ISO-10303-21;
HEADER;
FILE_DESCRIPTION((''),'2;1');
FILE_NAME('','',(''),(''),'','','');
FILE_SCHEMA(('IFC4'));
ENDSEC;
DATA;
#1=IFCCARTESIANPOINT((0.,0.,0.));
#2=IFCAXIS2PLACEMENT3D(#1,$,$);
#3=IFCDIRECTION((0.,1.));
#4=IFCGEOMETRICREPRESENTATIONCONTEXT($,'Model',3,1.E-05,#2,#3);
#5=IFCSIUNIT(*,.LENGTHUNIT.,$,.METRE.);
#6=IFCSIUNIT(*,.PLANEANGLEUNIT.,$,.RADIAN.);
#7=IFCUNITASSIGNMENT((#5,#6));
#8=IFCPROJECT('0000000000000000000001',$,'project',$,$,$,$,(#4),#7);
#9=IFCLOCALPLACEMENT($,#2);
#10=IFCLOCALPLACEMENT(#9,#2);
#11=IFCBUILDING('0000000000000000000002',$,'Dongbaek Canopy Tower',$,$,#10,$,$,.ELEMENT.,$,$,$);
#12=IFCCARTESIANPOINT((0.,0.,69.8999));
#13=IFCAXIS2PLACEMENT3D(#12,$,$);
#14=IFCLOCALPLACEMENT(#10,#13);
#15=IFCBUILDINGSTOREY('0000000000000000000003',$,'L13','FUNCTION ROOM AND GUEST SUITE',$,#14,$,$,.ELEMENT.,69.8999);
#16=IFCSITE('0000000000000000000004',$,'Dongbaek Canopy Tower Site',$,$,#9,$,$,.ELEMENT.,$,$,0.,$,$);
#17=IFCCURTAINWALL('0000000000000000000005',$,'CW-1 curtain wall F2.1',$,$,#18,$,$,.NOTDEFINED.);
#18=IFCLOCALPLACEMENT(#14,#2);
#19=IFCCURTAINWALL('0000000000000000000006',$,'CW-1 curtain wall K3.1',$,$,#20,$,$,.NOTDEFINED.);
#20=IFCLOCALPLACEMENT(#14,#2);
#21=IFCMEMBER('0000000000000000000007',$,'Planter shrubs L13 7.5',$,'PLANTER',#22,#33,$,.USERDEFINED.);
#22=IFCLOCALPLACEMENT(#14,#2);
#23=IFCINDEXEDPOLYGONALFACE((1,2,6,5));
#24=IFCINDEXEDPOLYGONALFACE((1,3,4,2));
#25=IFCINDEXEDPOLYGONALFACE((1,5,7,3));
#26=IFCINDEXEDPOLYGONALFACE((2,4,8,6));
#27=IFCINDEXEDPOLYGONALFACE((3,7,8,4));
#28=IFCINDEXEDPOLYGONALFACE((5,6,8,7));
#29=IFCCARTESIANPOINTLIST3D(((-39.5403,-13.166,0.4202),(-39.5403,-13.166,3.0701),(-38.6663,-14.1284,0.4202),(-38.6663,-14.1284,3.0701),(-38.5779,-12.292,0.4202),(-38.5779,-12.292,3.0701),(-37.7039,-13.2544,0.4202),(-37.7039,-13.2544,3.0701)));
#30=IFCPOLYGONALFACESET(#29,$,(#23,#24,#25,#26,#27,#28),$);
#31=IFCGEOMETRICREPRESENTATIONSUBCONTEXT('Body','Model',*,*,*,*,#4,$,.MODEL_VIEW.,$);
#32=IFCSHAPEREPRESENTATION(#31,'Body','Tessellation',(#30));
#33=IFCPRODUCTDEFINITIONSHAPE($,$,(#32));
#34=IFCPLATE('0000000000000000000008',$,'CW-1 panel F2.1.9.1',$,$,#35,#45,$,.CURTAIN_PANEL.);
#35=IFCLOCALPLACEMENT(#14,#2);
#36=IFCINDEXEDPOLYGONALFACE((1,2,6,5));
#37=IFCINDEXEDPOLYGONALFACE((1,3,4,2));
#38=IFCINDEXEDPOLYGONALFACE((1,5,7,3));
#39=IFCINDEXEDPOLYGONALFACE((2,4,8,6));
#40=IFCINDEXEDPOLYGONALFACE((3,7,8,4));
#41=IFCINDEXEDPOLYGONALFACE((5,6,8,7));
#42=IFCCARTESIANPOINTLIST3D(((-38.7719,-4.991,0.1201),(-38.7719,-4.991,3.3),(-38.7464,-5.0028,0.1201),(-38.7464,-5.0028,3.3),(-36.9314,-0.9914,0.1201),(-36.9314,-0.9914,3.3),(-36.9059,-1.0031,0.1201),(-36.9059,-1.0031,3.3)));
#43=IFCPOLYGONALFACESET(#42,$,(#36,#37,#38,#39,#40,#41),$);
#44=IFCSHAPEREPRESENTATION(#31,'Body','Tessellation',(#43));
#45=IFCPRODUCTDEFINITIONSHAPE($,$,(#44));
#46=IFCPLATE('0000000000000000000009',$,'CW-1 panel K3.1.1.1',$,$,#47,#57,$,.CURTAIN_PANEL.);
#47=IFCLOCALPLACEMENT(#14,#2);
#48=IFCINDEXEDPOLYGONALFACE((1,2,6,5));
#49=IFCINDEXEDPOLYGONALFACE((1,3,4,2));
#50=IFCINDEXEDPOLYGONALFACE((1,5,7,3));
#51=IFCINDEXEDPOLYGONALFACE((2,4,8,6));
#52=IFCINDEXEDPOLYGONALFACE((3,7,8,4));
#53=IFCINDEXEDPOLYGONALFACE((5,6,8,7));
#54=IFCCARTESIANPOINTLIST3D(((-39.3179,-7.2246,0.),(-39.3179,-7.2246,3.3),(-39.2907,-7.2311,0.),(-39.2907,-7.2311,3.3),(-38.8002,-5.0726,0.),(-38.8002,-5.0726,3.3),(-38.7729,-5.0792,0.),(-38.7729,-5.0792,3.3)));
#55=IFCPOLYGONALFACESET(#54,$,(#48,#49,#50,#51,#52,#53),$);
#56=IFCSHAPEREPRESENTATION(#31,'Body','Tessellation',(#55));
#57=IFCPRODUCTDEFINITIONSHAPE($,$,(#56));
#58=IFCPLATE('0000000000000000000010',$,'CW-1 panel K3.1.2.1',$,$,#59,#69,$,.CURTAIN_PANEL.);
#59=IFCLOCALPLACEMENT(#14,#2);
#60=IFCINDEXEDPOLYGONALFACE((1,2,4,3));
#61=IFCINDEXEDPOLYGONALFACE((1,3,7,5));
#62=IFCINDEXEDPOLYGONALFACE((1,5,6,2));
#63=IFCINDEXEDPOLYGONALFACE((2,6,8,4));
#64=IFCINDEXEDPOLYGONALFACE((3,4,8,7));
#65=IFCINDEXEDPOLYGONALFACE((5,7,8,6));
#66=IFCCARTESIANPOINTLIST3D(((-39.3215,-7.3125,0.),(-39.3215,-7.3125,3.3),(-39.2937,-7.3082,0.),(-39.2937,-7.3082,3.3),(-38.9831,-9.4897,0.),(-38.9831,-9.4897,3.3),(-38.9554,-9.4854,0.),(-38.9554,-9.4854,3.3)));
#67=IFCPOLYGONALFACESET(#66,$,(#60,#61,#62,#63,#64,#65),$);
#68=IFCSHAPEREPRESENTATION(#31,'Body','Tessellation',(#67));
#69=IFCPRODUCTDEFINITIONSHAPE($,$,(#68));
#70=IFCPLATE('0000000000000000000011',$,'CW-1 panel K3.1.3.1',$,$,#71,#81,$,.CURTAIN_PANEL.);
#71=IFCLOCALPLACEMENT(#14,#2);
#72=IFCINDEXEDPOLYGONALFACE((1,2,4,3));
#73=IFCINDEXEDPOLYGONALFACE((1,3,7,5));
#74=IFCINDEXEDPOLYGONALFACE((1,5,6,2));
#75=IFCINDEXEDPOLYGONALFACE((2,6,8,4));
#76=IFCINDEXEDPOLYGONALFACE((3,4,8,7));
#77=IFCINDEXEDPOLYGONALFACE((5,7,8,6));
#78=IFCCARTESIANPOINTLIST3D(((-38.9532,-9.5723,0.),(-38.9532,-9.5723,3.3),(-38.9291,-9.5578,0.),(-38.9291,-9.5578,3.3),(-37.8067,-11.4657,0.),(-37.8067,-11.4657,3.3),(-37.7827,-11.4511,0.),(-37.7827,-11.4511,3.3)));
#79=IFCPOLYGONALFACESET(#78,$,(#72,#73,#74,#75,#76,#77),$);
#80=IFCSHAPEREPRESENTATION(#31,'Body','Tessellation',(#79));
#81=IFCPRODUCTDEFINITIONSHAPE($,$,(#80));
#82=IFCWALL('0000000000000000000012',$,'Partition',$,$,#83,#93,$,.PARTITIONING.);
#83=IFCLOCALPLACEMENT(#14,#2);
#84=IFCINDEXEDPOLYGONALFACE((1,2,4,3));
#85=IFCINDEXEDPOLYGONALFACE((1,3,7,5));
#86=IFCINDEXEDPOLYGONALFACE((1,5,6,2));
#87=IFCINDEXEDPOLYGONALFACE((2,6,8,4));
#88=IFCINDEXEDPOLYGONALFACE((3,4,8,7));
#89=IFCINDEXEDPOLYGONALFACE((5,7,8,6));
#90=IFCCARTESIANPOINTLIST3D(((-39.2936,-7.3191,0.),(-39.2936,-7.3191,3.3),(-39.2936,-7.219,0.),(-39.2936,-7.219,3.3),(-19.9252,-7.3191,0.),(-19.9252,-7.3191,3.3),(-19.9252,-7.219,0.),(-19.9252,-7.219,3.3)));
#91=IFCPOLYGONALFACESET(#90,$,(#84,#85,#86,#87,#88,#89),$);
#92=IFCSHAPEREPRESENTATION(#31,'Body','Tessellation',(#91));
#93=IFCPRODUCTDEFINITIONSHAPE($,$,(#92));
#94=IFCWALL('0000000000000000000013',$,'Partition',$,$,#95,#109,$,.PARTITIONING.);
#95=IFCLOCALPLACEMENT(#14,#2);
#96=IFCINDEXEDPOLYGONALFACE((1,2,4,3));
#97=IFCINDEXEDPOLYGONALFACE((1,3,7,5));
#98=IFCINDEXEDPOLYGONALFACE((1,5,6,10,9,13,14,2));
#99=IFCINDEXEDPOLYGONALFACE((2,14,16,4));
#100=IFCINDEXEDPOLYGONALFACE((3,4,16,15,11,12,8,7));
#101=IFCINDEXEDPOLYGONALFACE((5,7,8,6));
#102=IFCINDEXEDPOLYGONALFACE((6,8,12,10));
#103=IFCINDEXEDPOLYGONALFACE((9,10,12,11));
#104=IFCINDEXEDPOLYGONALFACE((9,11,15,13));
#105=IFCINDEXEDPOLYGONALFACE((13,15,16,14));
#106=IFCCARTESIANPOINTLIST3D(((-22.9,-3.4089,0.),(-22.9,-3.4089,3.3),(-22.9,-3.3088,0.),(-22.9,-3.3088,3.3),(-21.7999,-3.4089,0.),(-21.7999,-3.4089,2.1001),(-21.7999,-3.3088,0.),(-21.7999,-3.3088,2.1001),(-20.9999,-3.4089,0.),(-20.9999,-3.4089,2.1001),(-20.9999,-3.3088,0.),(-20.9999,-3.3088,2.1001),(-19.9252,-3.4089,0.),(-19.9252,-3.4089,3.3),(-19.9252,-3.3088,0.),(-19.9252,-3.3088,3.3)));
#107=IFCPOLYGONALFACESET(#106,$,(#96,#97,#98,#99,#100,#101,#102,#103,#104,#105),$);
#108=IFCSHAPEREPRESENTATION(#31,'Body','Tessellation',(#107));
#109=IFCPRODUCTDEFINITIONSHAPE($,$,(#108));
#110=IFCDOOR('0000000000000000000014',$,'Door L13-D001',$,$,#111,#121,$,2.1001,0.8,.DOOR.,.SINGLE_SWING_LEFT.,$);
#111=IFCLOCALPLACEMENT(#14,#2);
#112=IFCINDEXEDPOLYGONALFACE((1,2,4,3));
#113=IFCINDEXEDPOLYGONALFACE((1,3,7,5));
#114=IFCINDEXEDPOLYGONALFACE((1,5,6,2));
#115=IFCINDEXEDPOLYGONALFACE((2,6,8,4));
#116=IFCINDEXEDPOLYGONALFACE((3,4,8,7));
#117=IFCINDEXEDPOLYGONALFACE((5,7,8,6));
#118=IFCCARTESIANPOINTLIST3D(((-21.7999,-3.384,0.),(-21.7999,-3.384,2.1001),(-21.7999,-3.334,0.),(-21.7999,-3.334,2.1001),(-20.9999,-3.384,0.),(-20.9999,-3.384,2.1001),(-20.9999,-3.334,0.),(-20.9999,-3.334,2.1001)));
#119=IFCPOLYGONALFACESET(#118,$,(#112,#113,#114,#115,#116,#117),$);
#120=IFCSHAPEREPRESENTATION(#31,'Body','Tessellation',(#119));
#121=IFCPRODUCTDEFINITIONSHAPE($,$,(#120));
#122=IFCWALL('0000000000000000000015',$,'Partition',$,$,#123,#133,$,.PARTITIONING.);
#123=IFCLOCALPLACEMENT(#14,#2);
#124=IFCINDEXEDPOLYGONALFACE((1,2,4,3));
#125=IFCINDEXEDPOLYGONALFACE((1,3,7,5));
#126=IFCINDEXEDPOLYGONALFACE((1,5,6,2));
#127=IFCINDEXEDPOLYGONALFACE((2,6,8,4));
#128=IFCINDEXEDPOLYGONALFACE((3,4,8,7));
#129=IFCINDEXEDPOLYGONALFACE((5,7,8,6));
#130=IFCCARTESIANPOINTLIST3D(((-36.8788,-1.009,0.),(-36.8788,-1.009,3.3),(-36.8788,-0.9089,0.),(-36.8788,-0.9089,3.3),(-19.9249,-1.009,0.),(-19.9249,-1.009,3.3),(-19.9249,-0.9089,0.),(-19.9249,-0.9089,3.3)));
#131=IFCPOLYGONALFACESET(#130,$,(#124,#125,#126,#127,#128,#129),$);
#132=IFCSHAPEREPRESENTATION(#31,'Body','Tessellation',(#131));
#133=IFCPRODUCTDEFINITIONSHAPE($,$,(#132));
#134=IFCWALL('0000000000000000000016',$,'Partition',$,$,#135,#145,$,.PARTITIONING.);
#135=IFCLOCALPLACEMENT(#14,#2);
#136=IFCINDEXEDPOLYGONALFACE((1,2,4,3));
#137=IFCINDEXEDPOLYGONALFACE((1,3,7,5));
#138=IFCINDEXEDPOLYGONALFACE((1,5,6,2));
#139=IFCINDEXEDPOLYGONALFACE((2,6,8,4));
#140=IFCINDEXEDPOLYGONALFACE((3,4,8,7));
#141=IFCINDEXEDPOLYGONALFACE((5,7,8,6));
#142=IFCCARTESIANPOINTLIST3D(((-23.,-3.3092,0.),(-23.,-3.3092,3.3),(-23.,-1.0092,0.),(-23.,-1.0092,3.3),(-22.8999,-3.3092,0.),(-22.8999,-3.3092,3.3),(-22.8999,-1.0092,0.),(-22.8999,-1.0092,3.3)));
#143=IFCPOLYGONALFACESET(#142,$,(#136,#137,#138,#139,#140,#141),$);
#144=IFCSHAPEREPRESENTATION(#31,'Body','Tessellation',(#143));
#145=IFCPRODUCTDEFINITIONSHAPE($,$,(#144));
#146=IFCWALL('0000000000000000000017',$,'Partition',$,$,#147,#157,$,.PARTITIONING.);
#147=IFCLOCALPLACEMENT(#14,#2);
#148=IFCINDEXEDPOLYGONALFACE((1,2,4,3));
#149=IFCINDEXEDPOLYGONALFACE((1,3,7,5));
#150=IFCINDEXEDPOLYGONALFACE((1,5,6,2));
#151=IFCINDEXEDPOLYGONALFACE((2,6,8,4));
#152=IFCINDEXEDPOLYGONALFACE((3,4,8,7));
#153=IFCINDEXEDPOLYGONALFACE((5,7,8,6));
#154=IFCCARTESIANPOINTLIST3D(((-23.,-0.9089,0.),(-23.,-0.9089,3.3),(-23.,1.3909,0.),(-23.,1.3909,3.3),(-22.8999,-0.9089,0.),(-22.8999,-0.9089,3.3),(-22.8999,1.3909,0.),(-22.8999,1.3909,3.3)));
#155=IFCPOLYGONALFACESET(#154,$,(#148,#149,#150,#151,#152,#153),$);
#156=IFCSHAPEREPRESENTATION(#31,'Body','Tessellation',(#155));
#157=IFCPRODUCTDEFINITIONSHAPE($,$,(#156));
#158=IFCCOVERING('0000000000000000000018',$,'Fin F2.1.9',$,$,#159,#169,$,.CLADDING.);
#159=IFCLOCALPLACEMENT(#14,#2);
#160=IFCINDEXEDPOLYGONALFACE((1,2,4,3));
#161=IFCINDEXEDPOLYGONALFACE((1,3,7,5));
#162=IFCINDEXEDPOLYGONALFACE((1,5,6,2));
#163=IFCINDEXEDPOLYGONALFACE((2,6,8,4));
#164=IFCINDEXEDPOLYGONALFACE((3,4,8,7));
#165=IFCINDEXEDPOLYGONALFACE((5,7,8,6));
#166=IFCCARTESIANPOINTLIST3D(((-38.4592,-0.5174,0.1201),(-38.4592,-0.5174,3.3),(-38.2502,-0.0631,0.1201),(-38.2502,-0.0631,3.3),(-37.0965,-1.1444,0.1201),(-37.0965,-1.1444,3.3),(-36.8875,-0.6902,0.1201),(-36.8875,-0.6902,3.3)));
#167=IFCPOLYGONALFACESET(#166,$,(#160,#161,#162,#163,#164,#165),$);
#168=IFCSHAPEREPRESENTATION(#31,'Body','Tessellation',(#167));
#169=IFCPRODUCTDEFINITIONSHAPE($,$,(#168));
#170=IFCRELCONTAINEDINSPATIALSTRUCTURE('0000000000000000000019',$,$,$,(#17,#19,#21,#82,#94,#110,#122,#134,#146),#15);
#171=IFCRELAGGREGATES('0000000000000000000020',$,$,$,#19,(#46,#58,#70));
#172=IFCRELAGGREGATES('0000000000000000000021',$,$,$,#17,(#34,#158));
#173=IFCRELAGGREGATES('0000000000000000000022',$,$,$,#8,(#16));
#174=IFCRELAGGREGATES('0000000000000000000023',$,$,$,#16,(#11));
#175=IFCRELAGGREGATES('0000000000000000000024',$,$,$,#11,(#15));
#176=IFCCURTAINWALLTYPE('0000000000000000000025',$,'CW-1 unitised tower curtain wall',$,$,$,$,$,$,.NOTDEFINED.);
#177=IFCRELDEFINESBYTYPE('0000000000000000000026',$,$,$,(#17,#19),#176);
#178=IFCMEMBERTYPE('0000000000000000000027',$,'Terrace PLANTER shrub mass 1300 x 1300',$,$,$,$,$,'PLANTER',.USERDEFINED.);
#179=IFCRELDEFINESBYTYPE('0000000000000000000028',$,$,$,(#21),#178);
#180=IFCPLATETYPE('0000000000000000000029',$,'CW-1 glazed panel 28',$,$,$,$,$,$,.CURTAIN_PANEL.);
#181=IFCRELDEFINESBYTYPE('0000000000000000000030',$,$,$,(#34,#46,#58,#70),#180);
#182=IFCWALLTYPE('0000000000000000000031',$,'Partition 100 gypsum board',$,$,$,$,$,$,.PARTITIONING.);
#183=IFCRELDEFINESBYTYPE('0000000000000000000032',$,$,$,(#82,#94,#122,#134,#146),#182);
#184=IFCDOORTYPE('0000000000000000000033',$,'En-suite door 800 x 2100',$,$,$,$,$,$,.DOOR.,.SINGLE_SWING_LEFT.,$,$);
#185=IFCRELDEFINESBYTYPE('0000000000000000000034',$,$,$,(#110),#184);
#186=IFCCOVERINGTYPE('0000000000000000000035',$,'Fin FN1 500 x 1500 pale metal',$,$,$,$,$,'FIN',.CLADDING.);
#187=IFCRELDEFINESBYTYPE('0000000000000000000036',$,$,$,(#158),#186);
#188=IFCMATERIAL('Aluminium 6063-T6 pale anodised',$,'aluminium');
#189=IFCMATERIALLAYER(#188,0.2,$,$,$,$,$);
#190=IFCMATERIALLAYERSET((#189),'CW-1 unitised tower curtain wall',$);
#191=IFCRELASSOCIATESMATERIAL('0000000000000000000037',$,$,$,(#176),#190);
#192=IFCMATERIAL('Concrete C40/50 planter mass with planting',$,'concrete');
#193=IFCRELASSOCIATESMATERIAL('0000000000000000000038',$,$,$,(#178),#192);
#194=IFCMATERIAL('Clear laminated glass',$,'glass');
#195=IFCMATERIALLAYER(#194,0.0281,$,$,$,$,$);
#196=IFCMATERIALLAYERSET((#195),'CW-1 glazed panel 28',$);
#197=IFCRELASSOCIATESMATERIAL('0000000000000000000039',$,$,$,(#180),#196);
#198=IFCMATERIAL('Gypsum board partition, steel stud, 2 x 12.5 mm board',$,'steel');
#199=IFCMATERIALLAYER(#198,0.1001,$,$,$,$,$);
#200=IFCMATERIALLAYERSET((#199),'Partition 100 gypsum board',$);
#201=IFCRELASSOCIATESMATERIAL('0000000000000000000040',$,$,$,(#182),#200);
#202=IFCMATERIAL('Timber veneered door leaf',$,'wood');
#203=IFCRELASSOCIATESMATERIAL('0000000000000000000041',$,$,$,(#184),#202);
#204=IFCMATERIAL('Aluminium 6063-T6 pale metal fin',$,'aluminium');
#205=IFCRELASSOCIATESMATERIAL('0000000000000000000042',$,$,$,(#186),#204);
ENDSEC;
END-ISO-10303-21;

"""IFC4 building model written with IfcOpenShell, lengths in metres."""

from ifc_helpers import new_model, si_unit, direction, frame, frame_2d, origin, origin_2d, place, context, subcontext, project, spatial, rectangle, extrude, material, layer, layer_set, material_profile, profile_set, type_object, element, fill, aggregate, save


model = new_model("IFC4")

# Units and contexts
model_context = context("Model", 3, precision=1e-05, world=origin(), true_north=direction((0.0, 1.0)))
body_context = subcontext(model_context, "Body", "Model", "MODEL_VIEW")
ifc_project = project(units=[si_unit("LENGTHUNIT", "METRE"), si_unit("PLANEANGLEUNIT", "RADIAN")], contexts=[model_context])

# Site, building, storey
site_placement = place(None, origin())
site = spatial("IfcSite", under=ifc_project, at=site_placement, Name="Dongbaek Canopy Tower Site", CompositionType="ELEMENT", RefElevation=0.0)
building_placement = place(site_placement, origin())
building = spatial("IfcBuilding", under=site, at=building_placement, Name="Dongbaek Canopy Tower", CompositionType="ELEMENT")
storey_placement = place(building_placement, frame((0.0, 0.0, 69.8999)))
storey = spatial("IfcBuildingStorey", under=building, at=storey_placement, Name="L13", Description="FUNCTION ROOM AND GUEST SUITE", CompositionType="ELEMENT", Elevation=69.8999)

# Curtain walls
ifc_material_1 = material(Name="Aluminium 6063-T6 pale anodised", Category="aluminium")
ifc_layer_1 = layer(ifc_material_1, 0.2)
ifc_layer_set_1 = layer_set([ifc_layer_1], Name="CW-1 unitised tower curtain wall")
curtain_wall_type = type_object("IfcCurtainWallType", Name="CW-1 unitised tower curtain wall", PredefinedType="NOTDEFINED", material=ifc_layer_set_1)
curtain_wall_1_placement = place(storey_placement, origin())
curtain_wall_1 = element("IfcCurtainWall", 1, at=curtain_wall_1_placement, inside=storey, type_object=curtain_wall_type, Name="CW-1 curtain wall F2.1", PredefinedType="NOTDEFINED")
curtain_wall_2_placement = place(storey_placement, origin())
curtain_wall_2 = element("IfcCurtainWall", 2, at=curtain_wall_2_placement, inside=storey, type_object=curtain_wall_type, Name="CW-1 curtain wall K3.1", PredefinedType="NOTDEFINED")

# Member
ifc_material_2 = material(Name="Concrete C40/50 planter mass with planting", Category="concrete")
ifc_material_profile_1 = material_profile(ifc_material_2, rectangle(XDim=1.3, YDim=1.3, at=origin_2d()), Name="Terrace PLANTER shrub mass 1300 x 1300")
ifc_profile_set_1 = profile_set([ifc_material_profile_1], Name="Concrete C40/50 planter mass with planting")
member_type_1 = type_object("IfcMemberType", Name="Terrace PLANTER shrub mass 1300 x 1300", ElementType="PLANTER", PredefinedType="USERDEFINED", material=ifc_profile_set_1)
member_1_placement = place(storey_placement, frame((-38.6221, -13.2102, 0.4202), z_axis=(0.0, 0.0, 1.0), x_axis=(-0.740276, -0.672303, 0.0)))
element("IfcMember", 3, at=member_1_placement, inside=storey, type_object=member_type_1, Name="Planter shrubs L13 7.5", ObjectType="PLANTER", PredefinedType="USERDEFINED", context=body_context, shape_type="SweptSolid", body=[
    extrude(rectangle(XDim=1.3, YDim=1.3, at=origin_2d()), origin(), (0.0, 0.0, 1.0), 2.6499),
])

# Plates
ifc_material_3 = material(Name="Clear laminated glass", Category="glass")
ifc_layer_2 = layer(ifc_material_3, 0.0281)
ifc_layer_set_2 = layer_set([ifc_layer_2], Name="CW-1 glazed panel 28")
plate_type = type_object("IfcPlateType", Name="CW-1 glazed panel 28", PredefinedType="CURTAIN_PANEL", material=ifc_layer_set_2)
plate_1_placement = place(storey_placement, frame((-37.8389, -2.9971, 0.1201), z_axis=(0.0, 0.0, 1.0), x_axis=(-0.418025, -0.908436, 0.0)))
plate_1 = element("IfcPlate", 4, at=plate_1_placement, type_object=plate_type, Name="CW-1 panel F2.1.9.1", PredefinedType="CURTAIN_PANEL", context=body_context, shape_type="SweptSolid", body=[
    extrude(rectangle(XDim=4.4028, YDim=0.0281, at=origin_2d()), origin(), (0.0, 0.0, 1.0), 3.1799),
])
plate_2_placement = place(storey_placement, frame((-39.0454, -6.1519, 0.0), z_axis=(0.0, 0.0, 1.0), x_axis=(-0.233932, -0.972253, 0.0)))
plate_2 = element("IfcPlate", 5, at=plate_2_placement, type_object=plate_type, Name="CW-1 panel K3.1.1.1", PredefinedType="CURTAIN_PANEL", context=body_context, shape_type="SweptSolid", body=[
    extrude(rectangle(XDim=2.2134, YDim=0.0281, at=origin_2d()), origin(), (0.0, 0.0, 1.0), 3.3),
])
plate_3_placement = place(storey_placement, frame((-39.1384, -8.3989, 0.0), z_axis=(0.0, 0.0, 1.0), x_axis=(0.153569, -0.988138, 0.0)))
plate_3 = element("IfcPlate", 6, at=plate_3_placement, type_object=plate_type, Name="CW-1 panel K3.1.2.1", PredefinedType="CURTAIN_PANEL", context=body_context, shape_type="SweptSolid", body=[
    extrude(rectangle(XDim=2.2034, YDim=0.0281, at=origin_2d()), origin(), (0.0, 0.0, 1.0), 3.3),
])
plate_4_placement = place(storey_placement, frame((-38.3679, -10.5117, 0.0), z_axis=(0.0, 0.0, 1.0), x_axis=(0.517971, -0.855398, 0.0)))
plate_4 = element("IfcPlate", 7, at=plate_4_placement, type_object=plate_type, Name="CW-1 panel K3.1.3.1", PredefinedType="CURTAIN_PANEL", context=body_context, shape_type="SweptSolid", body=[
    extrude(rectangle(XDim=2.2134, YDim=0.0281, at=origin_2d()), origin(), (0.0, 0.0, 1.0), 3.3),
])
aggregate(curtain_wall_2, [plate_2, plate_3, plate_4])

# Wall
ifc_material_4 = material(Name="Gypsum board partition, steel stud, 2 x 12.5 mm board", Category="steel")
ifc_layer_3 = layer(ifc_material_4, 0.1001)
ifc_layer_set_3 = layer_set([ifc_layer_3], Name="Partition 100 gypsum board")
wall_type_1 = type_object("IfcWallType", Name="Partition 100 gypsum board", PredefinedType="PARTITIONING", material=ifc_layer_set_3)
wall_1_placement = place(storey_placement, frame((-39.2935, -7.269, 0.0), z_axis=(0.0, 0.0, 1.0), x_axis=(1.0, 0.0, 0.0)))
element("IfcWall", 8, at=wall_1_placement, inside=storey, type_object=wall_type_1, Name="Partition", PredefinedType="PARTITIONING", context=body_context, shape_type="SweptSolid", body=[
    extrude(rectangle(XDim=19.3684, YDim=0.1001, at=frame_2d((9.6841, 0.0))), origin(), (0.0, 0.0, 1.0), 3.3),
])

# Wall, opening, door
wall_2_placement = place(storey_placement, frame((-22.8999, -3.3589, 0.0), z_axis=(0.0, 0.0, 1.0), x_axis=(1.0, 0.0, 0.0)))
wall_2 = element("IfcWall", 9, at=wall_2_placement, inside=storey, type_object=wall_type_1, Name="Partition", PredefinedType="PARTITIONING", context=body_context, shape_type="SweptSolid", body=[
    extrude(rectangle(XDim=2.9749, YDim=0.1001, at=frame_2d((1.4873, 0.0))), origin(), (0.0, 0.0, 1.0), 3.3),
])
opening_1_placement = place(wall_2_placement, frame((1.1001, 0.0, 0.0)))
opening_1 = element("IfcOpeningElement", 10, at=opening_1_placement, cuts=wall_2, PredefinedType="OPENING", context=body_context, shape_type="SweptSolid", body=[
    extrude(rectangle(XDim=0.8, YDim=2.1001, at=frame_2d((0.3999, 1.05))), frame((0.0, 0.0601, 0.0), z_axis=(0.0, -1.0, 0.0), x_axis=(1.0, 0.0, 0.0)), (0.0, 0.0, 1.0), 0.1201),
])
ifc_material_5 = material(Name="Timber veneered door leaf", Category="wood")
door_type_1 = type_object("IfcDoorType", Name="En-suite door 800 x 2100", OperationType="SINGLE_SWING_LEFT", PredefinedType="DOOR", material=ifc_material_5)
door_1_placement = place(opening_1_placement, origin())
door_1 = element("IfcDoor", 11, at=door_1_placement, inside=storey, type_object=door_type_1, Name="Door L13-D001", OperationType="SINGLE_SWING_LEFT", OverallHeight=2.1001, OverallWidth=0.8, PredefinedType="DOOR", context=body_context, shape_type="SweptSolid", body=[
    extrude(rectangle(XDim=0.8, YDim=2.1001, at=frame_2d((0.3999, 1.05))), frame((0.0, 0.0249, 0.0), z_axis=(0.0, -1.0, 0.0), x_axis=(1.0, 0.0, 0.0)), (0.0, 0.0, 1.0), 0.05),
])
fill(opening_1, door_1)

# Walls
wall_3_placement = place(storey_placement, frame((-36.8789, -0.959, 0.0), z_axis=(0.0, 0.0, 1.0), x_axis=(1.0, 0.0, 0.0)))
element("IfcWall", 12, at=wall_3_placement, inside=storey, type_object=wall_type_1, Name="Partition", PredefinedType="PARTITIONING", context=body_context, shape_type="SweptSolid", body=[
    extrude(rectangle(XDim=16.9539, YDim=0.1001, at=frame_2d((8.4771, 0.0))), origin(), (0.0, 0.0, 1.0), 3.3),
])
wall_4_placement = place(storey_placement, frame((-22.95, -3.3091, 0.0), z_axis=(0.0, 0.0, 1.0), x_axis=(0.0, 1.0, 0.0)))
element("IfcWall", 13, at=wall_4_placement, inside=storey, type_object=wall_type_1, Name="Partition", PredefinedType="PARTITIONING", context=body_context, shape_type="SweptSolid", body=[
    extrude(rectangle(XDim=2.3, YDim=0.1001, at=frame_2d((1.1499, 0.0))), origin(), (0.0, 0.0, 1.0), 3.3),
])
wall_5_placement = place(storey_placement, frame((-22.95, -0.9089, 0.0), z_axis=(0.0, 0.0, 1.0), x_axis=(0.0, 1.0, 0.0)))
element("IfcWall", 14, at=wall_5_placement, inside=storey, type_object=wall_type_1, Name="Partition", PredefinedType="PARTITIONING", context=body_context, shape_type="SweptSolid", body=[
    extrude(rectangle(XDim=2.2998, YDim=0.1001, at=frame_2d((1.1499, 0.0))), origin(), (0.0, 0.0, 1.0), 3.3),
])

# Covering
ifc_material_6 = material(Name="Aluminium 6063-T6 pale metal fin", Category="aluminium")
ifc_material_profile_2 = material_profile(ifc_material_6, rectangle(XDim=1.5, YDim=0.5, at=origin_2d()), Name="Fin FN1 500 x 1500 pale metal")
ifc_profile_set_2 = profile_set([ifc_material_profile_2], Name="Aluminium 6063-T6 pale metal fin")
covering_type = type_object("IfcCoveringType", Name="Fin FN1 500 x 1500 pale metal", ElementType="FIN", PredefinedType="CLADDING", material=ifc_profile_set_2)
covering_placement = place(storey_placement, frame((-37.6733, -0.6038, 0.1201), z_axis=(0.0, 0.0, 1.0), x_axis=(-0.908436, 0.418025, 0.0)))
covering = element("IfcCovering", 15, at=covering_placement, type_object=covering_type, Name="Fin F2.1.9", PredefinedType="CLADDING", context=body_context, shape_type="SweptSolid", body=[
    extrude(rectangle(XDim=1.5, YDim=0.5, at=origin_2d()), origin(), (0.0, 0.0, 1.0), 3.1799),
])
aggregate(curtain_wall_1, [plate_1, covering])

save(model, "model.ifc")
